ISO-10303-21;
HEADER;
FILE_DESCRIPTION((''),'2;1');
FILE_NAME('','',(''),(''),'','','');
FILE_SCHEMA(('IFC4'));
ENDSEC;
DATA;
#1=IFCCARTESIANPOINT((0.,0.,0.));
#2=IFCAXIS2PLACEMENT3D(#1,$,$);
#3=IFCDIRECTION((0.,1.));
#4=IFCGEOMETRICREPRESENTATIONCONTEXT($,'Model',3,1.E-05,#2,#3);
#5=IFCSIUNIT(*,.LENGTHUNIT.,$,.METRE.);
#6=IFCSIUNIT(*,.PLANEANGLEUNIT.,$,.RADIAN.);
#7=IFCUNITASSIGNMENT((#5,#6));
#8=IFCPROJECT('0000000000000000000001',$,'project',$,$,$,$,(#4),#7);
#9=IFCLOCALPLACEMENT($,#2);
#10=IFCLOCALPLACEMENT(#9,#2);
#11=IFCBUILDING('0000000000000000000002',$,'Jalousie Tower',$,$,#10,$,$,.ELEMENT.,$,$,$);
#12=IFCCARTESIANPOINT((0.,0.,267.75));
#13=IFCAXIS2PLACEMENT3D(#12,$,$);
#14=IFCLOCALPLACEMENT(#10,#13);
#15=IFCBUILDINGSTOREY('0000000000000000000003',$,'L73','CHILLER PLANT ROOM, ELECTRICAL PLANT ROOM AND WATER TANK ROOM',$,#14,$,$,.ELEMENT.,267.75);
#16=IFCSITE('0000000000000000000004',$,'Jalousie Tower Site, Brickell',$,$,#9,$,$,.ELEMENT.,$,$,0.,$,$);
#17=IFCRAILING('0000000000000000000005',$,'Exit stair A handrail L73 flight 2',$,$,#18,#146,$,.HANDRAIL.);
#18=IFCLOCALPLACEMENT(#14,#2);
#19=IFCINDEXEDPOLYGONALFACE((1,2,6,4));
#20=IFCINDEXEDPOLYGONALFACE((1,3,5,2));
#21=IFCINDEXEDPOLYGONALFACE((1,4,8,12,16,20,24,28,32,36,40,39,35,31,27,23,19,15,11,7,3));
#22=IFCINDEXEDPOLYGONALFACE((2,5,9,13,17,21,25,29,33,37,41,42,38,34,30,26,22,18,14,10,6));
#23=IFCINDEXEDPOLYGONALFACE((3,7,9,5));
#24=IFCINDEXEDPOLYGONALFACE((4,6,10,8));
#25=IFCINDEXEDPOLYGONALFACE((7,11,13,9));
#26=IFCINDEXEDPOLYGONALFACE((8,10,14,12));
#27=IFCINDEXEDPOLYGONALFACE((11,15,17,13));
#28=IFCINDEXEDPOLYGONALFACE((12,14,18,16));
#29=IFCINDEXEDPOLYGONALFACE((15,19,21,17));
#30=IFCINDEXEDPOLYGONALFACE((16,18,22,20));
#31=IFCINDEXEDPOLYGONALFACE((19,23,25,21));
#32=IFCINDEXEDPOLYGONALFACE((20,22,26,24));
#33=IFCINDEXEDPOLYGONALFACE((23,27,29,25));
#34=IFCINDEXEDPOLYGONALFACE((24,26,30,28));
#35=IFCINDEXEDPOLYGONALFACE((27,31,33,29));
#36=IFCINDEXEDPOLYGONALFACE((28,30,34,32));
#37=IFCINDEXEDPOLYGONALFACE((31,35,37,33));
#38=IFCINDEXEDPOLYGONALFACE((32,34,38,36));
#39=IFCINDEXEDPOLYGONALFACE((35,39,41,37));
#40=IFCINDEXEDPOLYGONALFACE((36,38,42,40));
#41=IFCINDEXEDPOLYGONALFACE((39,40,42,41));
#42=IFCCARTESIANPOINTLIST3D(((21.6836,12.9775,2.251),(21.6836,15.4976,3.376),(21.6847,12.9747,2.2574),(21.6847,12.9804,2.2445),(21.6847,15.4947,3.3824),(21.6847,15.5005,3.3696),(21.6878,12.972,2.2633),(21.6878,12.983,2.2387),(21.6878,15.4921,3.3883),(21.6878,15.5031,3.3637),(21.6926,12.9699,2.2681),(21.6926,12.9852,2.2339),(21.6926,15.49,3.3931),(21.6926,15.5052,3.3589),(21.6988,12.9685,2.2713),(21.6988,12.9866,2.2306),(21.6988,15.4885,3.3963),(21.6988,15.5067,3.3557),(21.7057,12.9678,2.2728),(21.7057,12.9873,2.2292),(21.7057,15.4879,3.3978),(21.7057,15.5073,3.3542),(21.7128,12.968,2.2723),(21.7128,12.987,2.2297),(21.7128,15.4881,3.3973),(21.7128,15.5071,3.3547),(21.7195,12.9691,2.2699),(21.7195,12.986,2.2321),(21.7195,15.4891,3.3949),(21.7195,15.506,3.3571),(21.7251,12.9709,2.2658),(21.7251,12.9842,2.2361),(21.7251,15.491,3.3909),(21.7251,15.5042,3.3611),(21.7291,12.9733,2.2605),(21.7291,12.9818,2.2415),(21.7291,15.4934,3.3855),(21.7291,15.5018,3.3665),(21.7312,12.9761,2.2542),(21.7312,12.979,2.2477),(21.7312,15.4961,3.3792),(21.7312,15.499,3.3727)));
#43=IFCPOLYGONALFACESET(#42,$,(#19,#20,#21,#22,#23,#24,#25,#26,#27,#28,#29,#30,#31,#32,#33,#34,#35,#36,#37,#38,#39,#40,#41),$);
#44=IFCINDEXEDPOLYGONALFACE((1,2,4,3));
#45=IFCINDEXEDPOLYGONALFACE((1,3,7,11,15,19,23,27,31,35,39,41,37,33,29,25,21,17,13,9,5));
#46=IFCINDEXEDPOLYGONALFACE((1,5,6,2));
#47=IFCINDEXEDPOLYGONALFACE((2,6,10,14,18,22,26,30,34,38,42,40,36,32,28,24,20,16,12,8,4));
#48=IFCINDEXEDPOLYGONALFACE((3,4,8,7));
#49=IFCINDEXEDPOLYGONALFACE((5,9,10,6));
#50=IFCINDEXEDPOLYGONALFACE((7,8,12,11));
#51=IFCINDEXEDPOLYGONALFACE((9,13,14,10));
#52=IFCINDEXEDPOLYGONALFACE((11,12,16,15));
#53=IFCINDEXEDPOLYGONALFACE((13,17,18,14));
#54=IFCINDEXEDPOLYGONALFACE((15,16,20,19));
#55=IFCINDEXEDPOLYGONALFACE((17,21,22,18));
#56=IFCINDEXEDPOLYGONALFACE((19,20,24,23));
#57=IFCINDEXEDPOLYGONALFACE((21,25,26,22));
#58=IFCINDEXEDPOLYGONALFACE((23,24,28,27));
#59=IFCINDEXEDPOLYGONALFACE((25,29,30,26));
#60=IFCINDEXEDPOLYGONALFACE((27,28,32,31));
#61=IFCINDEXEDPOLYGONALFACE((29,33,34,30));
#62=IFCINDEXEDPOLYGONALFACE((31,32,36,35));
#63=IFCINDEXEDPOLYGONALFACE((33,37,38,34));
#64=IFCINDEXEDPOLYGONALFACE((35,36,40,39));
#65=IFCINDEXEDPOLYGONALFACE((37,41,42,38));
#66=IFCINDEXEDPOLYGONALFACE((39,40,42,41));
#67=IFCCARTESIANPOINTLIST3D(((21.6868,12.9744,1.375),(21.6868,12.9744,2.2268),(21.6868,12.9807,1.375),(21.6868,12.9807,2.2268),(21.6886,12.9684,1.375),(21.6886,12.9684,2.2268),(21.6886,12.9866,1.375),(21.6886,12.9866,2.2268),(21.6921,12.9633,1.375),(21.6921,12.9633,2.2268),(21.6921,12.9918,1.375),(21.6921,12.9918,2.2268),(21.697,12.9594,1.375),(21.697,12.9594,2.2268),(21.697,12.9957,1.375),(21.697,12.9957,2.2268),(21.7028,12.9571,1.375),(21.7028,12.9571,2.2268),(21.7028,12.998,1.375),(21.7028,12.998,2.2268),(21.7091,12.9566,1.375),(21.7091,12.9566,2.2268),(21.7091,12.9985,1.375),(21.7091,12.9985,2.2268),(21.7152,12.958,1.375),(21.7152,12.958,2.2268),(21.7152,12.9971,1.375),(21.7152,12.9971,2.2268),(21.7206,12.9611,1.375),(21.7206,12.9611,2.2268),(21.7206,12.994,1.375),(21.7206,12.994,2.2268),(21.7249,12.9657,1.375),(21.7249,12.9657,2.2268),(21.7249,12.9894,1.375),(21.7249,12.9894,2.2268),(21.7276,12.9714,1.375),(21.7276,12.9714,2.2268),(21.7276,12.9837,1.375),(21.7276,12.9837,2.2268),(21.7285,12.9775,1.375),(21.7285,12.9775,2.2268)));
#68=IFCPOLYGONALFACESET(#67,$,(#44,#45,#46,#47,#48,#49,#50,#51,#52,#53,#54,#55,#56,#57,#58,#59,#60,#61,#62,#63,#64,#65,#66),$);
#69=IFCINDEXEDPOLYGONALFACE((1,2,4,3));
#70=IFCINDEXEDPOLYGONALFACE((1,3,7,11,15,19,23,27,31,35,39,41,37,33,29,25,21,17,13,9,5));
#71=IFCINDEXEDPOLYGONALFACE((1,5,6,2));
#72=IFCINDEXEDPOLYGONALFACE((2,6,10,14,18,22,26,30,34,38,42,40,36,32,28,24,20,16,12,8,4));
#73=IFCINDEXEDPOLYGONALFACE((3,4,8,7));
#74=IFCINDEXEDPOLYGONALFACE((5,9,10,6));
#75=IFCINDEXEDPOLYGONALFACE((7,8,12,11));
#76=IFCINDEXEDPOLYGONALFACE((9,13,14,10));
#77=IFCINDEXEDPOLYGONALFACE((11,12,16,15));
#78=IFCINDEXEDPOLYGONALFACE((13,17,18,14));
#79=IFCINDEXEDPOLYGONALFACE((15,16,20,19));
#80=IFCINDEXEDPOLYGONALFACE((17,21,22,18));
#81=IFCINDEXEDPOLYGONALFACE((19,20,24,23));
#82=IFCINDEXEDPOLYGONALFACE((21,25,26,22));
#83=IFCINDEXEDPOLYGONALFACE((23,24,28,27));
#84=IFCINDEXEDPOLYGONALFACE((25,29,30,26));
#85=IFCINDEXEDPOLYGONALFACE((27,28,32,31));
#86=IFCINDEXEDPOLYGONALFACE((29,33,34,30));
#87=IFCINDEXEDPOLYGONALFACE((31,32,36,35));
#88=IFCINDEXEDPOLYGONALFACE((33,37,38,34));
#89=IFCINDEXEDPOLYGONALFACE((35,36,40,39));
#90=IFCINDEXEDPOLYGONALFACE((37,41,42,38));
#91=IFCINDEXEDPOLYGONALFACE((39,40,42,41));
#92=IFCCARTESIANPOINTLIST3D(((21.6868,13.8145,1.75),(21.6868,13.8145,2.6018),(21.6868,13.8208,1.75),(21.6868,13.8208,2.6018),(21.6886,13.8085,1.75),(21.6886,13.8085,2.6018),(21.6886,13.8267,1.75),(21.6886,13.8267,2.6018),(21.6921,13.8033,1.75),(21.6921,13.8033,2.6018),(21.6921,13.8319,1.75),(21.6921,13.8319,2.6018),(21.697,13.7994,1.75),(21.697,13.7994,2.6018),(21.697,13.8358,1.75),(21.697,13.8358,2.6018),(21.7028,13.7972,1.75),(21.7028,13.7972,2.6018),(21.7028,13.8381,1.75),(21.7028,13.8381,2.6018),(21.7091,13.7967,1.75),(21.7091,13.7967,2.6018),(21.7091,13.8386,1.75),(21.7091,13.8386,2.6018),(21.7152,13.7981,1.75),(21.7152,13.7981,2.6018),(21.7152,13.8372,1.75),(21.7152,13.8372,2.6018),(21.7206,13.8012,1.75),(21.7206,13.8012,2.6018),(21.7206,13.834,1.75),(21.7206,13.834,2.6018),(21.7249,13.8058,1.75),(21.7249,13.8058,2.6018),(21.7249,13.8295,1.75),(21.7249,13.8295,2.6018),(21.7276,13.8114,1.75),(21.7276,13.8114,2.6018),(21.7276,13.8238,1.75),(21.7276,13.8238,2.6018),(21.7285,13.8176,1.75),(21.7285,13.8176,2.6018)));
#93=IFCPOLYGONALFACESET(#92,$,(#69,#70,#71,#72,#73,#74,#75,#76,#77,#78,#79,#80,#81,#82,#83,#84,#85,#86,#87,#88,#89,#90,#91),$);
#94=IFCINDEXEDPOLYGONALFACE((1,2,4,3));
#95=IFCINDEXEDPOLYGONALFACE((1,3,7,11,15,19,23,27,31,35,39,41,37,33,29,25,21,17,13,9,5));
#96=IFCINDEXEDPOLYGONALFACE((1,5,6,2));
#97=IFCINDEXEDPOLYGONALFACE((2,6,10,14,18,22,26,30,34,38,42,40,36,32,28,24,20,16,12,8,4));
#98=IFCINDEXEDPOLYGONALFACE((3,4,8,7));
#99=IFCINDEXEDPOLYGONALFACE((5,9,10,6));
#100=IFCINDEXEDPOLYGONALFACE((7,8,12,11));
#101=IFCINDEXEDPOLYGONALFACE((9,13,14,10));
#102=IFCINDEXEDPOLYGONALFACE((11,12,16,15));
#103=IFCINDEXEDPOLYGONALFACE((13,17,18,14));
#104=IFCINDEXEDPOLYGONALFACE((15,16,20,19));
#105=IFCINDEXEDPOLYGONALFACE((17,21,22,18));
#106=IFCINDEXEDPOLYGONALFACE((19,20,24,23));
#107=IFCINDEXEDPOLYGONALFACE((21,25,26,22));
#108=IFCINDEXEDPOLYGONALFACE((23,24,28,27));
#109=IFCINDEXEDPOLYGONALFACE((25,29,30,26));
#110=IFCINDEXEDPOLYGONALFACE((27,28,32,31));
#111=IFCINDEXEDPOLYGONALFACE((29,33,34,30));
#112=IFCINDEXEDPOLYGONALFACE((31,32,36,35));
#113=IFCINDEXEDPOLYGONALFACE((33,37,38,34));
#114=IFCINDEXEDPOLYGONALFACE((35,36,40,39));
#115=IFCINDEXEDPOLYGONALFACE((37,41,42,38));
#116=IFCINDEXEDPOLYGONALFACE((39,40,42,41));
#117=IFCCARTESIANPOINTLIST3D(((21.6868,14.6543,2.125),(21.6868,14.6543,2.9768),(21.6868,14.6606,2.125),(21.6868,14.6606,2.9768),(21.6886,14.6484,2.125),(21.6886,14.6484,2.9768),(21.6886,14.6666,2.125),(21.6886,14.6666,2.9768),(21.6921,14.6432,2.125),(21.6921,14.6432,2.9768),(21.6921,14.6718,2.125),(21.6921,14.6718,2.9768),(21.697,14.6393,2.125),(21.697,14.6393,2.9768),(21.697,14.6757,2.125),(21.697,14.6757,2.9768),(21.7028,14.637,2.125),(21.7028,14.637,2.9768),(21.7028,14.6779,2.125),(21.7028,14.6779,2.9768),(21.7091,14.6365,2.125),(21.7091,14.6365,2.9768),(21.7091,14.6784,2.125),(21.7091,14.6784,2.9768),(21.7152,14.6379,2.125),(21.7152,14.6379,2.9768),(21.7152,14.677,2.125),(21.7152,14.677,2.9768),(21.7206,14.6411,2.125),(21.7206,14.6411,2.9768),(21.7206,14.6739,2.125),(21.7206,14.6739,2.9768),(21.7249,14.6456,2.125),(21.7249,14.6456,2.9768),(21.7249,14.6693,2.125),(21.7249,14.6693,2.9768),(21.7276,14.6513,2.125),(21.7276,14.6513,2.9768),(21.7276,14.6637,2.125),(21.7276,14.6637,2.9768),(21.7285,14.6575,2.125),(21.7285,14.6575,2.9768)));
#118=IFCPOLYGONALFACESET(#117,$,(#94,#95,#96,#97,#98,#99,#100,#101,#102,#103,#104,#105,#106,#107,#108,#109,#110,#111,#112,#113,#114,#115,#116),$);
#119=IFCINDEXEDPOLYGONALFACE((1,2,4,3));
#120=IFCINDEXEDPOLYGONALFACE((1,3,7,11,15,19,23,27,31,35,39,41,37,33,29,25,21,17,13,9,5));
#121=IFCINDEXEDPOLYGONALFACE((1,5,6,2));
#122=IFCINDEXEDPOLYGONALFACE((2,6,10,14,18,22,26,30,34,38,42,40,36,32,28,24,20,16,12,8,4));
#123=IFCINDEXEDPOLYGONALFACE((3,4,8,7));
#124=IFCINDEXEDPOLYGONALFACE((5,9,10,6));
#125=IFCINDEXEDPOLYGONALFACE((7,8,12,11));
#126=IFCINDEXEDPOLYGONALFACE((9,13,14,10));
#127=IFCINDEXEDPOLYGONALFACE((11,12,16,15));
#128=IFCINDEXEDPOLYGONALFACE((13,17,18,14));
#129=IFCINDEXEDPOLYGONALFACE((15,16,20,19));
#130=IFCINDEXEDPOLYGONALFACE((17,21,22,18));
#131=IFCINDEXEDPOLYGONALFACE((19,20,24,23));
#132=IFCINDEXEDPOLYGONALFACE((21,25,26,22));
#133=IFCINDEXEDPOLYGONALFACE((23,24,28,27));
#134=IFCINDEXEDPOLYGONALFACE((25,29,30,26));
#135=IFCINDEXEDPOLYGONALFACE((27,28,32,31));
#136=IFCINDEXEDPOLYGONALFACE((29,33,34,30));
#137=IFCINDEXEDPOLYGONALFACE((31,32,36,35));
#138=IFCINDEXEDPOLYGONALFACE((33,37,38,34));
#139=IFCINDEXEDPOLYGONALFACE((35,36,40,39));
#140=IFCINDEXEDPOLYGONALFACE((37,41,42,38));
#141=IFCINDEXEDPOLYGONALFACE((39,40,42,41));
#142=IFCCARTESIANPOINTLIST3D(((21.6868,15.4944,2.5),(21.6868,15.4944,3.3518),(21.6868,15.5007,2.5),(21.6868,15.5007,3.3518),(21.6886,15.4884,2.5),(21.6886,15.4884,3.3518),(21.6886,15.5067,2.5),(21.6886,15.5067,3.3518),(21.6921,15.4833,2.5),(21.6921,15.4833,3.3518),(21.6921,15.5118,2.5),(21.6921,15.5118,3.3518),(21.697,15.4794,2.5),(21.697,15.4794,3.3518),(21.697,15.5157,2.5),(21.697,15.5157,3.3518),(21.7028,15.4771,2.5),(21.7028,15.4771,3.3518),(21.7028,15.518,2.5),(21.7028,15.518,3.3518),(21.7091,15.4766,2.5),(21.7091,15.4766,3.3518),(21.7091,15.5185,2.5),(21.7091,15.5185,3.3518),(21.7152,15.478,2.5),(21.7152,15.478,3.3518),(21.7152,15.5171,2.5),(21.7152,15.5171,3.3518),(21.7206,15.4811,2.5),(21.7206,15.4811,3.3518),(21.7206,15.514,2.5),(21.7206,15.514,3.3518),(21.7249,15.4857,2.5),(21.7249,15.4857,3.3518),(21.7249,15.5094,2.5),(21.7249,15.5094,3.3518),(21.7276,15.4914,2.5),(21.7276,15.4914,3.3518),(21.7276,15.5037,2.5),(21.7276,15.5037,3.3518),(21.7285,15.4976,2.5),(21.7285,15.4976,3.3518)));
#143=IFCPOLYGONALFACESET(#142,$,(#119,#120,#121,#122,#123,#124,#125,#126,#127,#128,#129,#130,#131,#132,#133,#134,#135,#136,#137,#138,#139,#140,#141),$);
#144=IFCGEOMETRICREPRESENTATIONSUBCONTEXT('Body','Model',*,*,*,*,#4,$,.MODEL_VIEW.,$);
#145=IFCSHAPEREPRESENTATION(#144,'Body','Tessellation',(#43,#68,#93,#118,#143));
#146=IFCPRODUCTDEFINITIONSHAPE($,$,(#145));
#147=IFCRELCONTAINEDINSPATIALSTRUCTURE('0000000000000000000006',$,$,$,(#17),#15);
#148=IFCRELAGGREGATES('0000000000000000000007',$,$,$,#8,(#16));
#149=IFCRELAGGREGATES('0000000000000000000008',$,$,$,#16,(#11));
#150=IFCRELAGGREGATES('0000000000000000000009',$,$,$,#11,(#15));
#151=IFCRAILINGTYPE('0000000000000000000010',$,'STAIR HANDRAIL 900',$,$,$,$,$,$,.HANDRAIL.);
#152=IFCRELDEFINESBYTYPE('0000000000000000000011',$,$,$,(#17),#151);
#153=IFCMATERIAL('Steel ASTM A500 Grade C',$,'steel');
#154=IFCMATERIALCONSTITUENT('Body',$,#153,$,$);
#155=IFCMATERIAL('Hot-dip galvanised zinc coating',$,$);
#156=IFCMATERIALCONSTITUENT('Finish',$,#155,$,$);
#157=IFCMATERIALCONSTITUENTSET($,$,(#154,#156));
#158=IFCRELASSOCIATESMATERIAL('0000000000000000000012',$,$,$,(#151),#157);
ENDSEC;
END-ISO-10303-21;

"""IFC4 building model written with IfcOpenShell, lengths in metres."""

from ifc_helpers import new_model, si_unit, direction, frame, origin, origin_2d, place, context, subcontext, project, spatial, circle, extrude, material, constituent, constituent_set, type_object, element, save


model = new_model("IFC4")

# Units and contexts
model_context = context("Model", 3, precision=1e-05, world=origin(), true_north=direction((0.0, 1.0)))
body_context = subcontext(model_context, "Body", "Model", "MODEL_VIEW")
ifc_project = project(units=[si_unit("LENGTHUNIT", "METRE"), si_unit("PLANEANGLEUNIT", "RADIAN")], contexts=[model_context])

# Site, building, storey
site_placement = place(None, origin())
site = spatial("IfcSite", under=ifc_project, at=site_placement, Name="Jalousie Tower Site, Brickell", CompositionType="ELEMENT", RefElevation=0.0)
building_placement = place(site_placement, origin())
building = spatial("IfcBuilding", under=site, at=building_placement, Name="Jalousie Tower", CompositionType="ELEMENT")
storey_placement = place(building_placement, frame((0.0, 0.0, 267.75)))
storey = spatial("IfcBuildingStorey", under=building, at=storey_placement, Name="L73", Description="CHILLER PLANT ROOM, ELECTRICAL PLANT ROOM AND WATER TANK ROOM", CompositionType="ELEMENT", Elevation=267.75)

# Railing
ifc_material_1 = material(Name="Steel ASTM A500 Grade C", Category="steel")
ifc_constituent_1 = constituent(ifc_material_1, Name="Body")
ifc_material_2 = material(Name="Hot-dip galvanised zinc coating")
ifc_constituent_2 = constituent(ifc_material_2, Name="Finish")
ifc_constituent_set_1 = constituent_set(constituents=[ifc_constituent_1, ifc_constituent_2])
railing_type_1 = type_object("IfcRailingType", Name="STAIR HANDRAIL 900", PredefinedType="HANDRAIL", material=ifc_constituent_set_1)
for number, where, name in (
    (1, (21.7075, 12.9775, 1.375), "Exit stair A handrail L73 flight 2"),
):
    element("IfcRailing", number, at=place(storey_placement, frame(where)), inside=storey, type_object=railing_type_1, Name=name, PredefinedType="HANDRAIL", context=body_context, shape_type="SweptSolid", body=[
        extrude(circle(Radius=0.0239, at=origin_2d()), frame((0.0, 0.0, 0.876), z_axis=(0.0, 0.913139, 0.407648), x_axis=(-1.0, 0.0, 0.0)), (0.0, 0.0, 1.0), 2.7598),
        extrude(circle(Radius=0.021, at=origin_2d()), origin(), (0.0, 0.0, 1.0), 0.8518),
        extrude(circle(Radius=0.021, at=origin_2d()), frame((0.0, 0.8401, 0.375)), (0.0, 0.0, 1.0), 0.8518),
        extrude(circle(Radius=0.021, at=origin_2d()), frame((0.0, 1.6799, 0.75)), (0.0, 0.0, 1.0), 0.8518),
        extrude(circle(Radius=0.021, at=origin_2d()), frame((0.0, 2.52, 1.125)), (0.0, 0.0, 1.0), 0.8518),
    ])

save(model, "model.ifc")
